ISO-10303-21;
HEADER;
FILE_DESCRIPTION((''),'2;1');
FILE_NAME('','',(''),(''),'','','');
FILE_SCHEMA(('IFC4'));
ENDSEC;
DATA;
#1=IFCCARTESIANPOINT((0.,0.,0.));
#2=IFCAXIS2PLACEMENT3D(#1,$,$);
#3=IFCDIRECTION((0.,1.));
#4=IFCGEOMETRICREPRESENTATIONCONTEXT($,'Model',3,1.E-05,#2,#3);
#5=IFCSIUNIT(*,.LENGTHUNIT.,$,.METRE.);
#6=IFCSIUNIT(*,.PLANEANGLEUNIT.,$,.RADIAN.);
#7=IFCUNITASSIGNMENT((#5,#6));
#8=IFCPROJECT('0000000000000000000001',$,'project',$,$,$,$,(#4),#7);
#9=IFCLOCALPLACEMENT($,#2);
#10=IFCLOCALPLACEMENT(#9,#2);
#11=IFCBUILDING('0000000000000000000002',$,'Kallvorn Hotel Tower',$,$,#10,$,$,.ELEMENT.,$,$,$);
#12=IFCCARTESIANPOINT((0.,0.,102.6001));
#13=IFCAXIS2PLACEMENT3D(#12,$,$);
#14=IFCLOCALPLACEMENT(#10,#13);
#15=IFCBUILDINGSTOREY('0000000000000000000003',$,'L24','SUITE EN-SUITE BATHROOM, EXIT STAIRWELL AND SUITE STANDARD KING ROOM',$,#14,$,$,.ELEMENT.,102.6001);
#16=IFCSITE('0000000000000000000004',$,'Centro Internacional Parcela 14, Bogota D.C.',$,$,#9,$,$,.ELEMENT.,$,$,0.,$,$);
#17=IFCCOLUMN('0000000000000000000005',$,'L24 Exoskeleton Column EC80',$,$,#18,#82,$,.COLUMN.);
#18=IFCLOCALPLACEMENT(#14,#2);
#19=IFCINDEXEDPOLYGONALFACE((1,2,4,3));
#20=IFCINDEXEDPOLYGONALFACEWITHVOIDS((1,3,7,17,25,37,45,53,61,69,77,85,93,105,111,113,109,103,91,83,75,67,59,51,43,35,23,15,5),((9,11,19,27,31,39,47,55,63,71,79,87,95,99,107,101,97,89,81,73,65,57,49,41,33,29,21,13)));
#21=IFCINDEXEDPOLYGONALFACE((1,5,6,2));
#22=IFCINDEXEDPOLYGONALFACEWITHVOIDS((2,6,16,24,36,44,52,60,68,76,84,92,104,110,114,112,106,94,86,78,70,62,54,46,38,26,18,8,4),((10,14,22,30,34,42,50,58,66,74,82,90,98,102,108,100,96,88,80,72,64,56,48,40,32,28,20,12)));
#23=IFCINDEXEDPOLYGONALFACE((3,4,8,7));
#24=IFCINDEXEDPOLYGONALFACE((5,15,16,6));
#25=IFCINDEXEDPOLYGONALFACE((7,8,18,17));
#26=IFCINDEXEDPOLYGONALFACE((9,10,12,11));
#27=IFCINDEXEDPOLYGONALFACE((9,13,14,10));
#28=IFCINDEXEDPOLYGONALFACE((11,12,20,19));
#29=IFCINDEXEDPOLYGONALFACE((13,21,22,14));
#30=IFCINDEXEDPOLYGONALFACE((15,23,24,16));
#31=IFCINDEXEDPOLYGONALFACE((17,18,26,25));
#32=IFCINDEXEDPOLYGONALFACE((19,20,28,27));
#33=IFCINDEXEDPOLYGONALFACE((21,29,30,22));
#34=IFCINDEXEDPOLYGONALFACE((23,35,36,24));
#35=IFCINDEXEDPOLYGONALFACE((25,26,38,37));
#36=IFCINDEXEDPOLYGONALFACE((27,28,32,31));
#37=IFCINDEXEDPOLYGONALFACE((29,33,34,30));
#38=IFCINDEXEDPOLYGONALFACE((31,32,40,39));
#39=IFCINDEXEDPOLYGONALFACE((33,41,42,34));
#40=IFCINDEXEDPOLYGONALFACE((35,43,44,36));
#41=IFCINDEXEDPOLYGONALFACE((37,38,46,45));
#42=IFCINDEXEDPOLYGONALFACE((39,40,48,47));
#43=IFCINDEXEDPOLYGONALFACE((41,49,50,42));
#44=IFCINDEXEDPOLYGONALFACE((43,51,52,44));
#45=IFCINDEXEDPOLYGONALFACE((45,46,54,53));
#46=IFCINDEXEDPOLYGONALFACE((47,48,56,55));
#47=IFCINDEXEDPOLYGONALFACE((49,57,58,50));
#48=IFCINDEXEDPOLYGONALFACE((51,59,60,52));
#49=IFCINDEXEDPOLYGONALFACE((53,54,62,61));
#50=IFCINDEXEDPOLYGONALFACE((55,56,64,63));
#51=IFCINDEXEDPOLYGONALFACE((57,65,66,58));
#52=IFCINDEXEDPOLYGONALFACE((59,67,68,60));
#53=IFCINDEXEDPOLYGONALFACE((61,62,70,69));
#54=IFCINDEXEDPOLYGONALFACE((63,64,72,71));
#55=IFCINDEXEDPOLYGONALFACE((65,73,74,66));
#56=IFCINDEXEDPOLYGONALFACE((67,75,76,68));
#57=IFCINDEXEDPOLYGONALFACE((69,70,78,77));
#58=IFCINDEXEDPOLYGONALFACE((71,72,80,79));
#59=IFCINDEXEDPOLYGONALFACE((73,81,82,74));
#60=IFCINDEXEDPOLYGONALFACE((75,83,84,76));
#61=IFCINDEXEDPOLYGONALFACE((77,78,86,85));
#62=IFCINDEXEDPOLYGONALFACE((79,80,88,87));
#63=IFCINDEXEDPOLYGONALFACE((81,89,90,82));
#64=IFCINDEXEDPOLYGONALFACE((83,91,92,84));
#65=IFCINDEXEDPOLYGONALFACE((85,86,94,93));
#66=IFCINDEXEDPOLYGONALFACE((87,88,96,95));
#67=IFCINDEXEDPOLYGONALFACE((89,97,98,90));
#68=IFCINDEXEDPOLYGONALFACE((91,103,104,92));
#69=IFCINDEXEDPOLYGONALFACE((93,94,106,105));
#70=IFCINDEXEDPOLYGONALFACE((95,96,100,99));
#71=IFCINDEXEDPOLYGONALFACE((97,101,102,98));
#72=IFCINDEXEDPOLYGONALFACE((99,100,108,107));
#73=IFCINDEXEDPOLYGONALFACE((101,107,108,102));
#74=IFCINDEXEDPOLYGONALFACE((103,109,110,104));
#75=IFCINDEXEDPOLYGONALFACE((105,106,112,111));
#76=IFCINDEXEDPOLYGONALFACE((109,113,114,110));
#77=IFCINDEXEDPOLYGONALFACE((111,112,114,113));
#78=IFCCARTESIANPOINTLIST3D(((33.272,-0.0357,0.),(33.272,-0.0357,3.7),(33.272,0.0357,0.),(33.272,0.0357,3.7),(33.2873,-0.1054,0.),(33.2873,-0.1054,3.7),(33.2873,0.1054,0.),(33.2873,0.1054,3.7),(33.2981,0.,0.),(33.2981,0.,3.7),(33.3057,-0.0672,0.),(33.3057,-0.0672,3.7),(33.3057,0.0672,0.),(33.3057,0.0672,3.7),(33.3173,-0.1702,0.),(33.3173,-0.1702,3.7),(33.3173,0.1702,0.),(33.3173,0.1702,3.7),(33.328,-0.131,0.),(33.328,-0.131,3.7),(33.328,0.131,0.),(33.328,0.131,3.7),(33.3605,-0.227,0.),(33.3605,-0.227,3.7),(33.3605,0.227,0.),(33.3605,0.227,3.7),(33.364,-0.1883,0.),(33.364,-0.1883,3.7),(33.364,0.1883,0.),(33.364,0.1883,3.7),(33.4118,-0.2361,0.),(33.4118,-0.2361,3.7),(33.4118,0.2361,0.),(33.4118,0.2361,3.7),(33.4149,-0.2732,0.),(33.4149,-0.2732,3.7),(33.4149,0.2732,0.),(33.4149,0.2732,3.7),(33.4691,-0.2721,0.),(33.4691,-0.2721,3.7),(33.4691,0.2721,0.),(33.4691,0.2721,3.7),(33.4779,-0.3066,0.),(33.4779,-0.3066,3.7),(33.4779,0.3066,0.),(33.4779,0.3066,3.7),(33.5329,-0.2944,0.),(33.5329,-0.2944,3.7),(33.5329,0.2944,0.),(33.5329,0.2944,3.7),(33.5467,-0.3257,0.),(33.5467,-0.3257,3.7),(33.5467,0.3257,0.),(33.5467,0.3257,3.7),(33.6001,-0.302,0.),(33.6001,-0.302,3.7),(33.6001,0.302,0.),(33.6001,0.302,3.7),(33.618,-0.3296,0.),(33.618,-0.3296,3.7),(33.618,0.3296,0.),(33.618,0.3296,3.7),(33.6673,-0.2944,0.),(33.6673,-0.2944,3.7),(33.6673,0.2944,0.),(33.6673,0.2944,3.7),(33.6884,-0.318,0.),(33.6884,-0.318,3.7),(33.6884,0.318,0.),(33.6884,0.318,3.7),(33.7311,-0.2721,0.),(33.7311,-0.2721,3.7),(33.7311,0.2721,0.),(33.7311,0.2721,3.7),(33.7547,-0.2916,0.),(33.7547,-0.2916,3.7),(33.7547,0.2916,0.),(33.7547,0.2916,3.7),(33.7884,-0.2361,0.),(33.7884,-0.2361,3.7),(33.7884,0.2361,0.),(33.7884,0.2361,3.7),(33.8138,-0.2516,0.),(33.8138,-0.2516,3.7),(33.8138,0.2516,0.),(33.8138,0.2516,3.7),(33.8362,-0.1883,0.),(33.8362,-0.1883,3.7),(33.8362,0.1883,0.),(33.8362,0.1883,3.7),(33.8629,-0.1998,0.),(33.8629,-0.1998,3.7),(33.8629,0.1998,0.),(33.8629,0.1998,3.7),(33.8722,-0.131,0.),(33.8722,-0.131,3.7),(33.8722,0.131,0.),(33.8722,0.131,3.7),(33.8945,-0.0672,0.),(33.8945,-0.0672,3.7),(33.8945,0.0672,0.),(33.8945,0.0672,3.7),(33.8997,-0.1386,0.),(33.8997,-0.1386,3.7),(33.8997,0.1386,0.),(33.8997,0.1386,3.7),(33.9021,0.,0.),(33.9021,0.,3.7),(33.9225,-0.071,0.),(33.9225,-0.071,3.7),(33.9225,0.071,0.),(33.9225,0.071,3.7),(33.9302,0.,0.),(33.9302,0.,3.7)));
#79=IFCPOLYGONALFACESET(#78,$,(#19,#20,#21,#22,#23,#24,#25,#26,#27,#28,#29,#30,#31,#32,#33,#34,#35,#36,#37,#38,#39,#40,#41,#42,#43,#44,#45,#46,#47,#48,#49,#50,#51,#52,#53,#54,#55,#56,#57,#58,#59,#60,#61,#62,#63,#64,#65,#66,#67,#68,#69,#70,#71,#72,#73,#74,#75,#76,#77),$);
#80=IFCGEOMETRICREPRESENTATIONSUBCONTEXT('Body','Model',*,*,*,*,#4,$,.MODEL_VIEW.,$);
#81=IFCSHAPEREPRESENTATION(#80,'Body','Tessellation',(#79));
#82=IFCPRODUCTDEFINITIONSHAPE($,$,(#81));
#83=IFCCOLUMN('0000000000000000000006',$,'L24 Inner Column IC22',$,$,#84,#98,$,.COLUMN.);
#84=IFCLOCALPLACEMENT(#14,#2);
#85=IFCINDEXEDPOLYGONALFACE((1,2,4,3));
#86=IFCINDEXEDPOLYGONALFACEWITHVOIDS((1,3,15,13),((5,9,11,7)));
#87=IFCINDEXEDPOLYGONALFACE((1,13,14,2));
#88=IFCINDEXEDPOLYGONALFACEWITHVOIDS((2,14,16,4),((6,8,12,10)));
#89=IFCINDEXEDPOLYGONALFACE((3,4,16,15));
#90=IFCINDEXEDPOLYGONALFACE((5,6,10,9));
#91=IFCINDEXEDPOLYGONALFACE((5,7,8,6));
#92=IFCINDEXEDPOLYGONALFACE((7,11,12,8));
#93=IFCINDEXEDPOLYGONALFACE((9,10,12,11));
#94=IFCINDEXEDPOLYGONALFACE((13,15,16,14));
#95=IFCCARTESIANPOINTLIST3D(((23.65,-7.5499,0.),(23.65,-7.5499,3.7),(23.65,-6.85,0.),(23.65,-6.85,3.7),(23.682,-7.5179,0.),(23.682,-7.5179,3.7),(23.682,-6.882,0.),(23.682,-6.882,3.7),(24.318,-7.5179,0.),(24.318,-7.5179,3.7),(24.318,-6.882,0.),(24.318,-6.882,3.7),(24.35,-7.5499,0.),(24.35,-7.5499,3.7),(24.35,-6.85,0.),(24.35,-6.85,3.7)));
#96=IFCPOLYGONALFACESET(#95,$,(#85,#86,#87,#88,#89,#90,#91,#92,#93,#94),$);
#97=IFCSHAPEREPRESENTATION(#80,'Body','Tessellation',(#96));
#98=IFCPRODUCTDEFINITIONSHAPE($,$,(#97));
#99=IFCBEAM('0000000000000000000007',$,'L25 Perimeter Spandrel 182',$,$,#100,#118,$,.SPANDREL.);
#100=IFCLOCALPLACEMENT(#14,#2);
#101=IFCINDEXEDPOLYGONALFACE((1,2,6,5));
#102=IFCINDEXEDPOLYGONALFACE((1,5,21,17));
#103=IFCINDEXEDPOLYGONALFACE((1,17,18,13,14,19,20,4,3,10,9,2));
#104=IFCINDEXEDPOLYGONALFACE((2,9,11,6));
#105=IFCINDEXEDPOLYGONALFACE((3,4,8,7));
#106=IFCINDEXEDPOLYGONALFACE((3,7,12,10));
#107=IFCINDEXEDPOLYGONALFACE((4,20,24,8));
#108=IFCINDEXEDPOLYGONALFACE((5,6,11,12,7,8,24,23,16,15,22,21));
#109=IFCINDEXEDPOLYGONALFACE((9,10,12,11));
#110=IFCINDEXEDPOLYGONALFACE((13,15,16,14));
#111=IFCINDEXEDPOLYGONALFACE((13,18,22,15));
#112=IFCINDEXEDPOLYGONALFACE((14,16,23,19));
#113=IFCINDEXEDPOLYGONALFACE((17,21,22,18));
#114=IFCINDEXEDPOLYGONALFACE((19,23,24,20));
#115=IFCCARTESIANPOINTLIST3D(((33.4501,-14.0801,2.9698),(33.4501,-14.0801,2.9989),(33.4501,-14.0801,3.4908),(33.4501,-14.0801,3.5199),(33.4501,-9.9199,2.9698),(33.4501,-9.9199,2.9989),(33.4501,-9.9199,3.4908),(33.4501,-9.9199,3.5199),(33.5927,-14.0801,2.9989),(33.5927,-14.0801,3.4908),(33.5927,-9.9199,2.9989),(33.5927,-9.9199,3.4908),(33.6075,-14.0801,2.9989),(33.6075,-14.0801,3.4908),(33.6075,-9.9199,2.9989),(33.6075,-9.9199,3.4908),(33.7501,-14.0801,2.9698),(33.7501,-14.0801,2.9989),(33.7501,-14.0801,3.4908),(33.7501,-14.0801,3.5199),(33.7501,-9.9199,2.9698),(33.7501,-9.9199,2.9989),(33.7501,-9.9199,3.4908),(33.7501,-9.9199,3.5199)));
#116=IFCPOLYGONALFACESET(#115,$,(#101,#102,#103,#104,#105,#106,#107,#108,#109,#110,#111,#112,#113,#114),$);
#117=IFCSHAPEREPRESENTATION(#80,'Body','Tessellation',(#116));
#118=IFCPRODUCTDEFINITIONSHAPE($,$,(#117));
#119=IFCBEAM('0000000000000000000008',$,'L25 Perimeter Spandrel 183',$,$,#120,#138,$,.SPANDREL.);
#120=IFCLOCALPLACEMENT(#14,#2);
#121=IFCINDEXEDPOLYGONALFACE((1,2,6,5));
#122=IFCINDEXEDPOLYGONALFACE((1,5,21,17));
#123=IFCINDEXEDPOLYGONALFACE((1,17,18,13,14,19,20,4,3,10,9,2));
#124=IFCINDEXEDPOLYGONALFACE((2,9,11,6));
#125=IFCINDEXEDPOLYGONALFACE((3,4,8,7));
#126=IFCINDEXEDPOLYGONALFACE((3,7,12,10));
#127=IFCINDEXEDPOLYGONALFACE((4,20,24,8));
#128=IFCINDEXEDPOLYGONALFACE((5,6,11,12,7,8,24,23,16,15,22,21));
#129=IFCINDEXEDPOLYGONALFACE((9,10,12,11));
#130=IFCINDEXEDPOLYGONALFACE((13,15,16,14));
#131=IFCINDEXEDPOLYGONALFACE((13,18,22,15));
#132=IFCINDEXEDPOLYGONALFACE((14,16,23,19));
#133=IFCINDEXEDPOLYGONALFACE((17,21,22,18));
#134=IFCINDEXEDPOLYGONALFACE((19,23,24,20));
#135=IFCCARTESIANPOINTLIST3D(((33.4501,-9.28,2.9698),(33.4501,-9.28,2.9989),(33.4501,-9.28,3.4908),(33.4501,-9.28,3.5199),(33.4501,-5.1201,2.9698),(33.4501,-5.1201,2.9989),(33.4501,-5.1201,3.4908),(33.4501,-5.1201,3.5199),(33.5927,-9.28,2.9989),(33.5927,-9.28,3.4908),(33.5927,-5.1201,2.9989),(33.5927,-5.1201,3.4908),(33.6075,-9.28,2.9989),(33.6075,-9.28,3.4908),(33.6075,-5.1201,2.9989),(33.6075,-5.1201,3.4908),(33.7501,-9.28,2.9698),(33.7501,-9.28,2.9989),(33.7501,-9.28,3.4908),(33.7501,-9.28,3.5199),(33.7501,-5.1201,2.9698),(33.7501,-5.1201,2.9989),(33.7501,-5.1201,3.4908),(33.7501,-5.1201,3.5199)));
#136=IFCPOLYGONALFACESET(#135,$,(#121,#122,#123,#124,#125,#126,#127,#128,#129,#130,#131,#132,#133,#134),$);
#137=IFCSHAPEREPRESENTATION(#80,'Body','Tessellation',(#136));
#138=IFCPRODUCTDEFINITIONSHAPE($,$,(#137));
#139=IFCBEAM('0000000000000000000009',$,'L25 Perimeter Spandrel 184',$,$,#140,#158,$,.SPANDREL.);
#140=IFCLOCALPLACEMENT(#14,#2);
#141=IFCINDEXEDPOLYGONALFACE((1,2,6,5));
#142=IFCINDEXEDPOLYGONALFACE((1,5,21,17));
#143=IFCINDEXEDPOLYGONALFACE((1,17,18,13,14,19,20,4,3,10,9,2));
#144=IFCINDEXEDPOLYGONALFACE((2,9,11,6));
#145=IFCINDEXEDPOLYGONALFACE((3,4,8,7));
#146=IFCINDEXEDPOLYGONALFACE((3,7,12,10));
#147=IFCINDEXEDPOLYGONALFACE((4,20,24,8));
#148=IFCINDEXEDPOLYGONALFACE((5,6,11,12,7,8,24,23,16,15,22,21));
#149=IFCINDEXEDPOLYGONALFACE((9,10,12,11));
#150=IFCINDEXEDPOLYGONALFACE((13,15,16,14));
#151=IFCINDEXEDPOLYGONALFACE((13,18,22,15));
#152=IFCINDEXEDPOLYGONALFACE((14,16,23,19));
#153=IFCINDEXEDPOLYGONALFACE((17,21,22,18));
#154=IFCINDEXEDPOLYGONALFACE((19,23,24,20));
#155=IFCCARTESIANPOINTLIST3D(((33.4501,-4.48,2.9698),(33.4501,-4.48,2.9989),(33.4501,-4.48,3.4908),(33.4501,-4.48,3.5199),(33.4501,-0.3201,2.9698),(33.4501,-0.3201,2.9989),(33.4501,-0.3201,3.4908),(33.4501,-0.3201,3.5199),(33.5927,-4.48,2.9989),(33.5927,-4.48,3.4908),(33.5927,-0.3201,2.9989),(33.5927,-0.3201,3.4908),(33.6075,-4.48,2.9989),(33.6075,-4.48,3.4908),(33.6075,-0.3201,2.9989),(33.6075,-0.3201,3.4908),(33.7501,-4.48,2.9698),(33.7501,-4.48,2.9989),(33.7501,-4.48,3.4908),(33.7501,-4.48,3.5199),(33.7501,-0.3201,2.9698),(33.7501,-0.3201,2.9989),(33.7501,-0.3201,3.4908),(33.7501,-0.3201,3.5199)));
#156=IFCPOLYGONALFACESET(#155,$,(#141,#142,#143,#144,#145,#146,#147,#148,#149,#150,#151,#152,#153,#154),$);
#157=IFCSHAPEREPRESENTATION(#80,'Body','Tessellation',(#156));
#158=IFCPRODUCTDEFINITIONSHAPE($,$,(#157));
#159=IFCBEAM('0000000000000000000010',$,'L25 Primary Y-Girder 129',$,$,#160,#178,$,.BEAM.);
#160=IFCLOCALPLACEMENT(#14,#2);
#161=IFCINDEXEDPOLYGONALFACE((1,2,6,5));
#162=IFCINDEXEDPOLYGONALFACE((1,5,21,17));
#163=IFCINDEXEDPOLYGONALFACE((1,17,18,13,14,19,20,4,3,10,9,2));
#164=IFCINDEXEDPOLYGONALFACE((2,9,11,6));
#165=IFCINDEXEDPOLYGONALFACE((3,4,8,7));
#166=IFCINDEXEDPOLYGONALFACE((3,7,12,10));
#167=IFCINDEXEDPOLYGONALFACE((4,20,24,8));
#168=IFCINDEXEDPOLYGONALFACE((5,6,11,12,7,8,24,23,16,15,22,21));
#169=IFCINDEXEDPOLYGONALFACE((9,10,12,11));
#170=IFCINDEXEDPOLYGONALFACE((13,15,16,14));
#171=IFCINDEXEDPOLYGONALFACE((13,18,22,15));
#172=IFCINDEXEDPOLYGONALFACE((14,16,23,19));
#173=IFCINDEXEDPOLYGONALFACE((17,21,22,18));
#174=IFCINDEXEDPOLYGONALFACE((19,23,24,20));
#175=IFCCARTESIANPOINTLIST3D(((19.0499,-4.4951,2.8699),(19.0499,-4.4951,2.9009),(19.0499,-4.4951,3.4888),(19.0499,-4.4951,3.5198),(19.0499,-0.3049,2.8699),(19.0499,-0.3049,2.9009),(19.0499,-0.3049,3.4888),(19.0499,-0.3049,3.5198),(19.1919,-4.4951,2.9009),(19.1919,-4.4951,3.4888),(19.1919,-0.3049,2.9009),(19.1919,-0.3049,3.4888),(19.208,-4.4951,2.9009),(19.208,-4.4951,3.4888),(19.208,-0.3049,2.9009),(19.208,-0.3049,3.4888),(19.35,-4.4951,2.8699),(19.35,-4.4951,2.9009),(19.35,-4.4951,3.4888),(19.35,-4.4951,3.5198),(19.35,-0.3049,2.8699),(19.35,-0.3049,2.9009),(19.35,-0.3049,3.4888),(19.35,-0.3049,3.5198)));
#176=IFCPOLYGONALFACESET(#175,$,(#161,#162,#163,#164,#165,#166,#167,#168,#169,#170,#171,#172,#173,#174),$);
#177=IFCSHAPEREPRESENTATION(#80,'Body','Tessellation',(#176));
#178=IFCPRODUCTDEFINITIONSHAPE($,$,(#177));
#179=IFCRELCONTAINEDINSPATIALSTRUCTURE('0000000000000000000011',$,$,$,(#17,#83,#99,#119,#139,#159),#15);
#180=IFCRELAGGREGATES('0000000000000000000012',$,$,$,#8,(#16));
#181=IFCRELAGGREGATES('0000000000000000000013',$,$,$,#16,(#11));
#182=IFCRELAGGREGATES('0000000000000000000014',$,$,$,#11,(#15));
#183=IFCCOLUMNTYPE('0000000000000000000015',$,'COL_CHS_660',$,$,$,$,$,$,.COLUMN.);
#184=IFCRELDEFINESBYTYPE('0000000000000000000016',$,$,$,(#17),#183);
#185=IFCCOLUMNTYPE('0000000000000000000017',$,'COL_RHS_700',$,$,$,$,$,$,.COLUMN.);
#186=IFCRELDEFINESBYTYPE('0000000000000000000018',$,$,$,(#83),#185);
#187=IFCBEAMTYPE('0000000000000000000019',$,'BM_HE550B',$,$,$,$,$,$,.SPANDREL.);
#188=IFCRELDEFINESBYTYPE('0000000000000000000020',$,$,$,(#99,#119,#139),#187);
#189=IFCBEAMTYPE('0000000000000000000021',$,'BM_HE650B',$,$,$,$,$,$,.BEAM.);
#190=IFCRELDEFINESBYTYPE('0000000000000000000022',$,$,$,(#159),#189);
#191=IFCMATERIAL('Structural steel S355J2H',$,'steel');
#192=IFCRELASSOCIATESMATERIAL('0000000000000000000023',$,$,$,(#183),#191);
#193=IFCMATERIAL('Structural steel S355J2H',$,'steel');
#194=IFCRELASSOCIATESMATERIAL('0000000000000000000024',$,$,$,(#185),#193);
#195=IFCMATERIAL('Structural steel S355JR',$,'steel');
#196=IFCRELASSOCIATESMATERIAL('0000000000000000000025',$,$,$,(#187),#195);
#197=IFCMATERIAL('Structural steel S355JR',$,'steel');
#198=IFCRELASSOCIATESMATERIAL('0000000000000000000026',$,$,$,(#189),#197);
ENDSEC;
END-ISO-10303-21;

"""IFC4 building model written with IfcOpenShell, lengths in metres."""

from ifc_helpers import new_model, si_unit, direction, frame, origin, origin_2d, place, context, subcontext, project, spatial, hollow_rectangle, hollow_circle, i_section, extrude, material, material_profile, profile_set, type_object, element, save


model = new_model("IFC4")

# Units and contexts
model_context = context("Model", 3, precision=1e-05, world=origin(), true_north=direction((0.0, 1.0)))
body_context = subcontext(model_context, "Body", "Model", "MODEL_VIEW")
ifc_project = project(units=[si_unit("LENGTHUNIT", "METRE"), si_unit("PLANEANGLEUNIT", "RADIAN")], contexts=[model_context])

# Site, building, storey
site_placement = place(None, origin())
site = spatial("IfcSite", under=ifc_project, at=site_placement, Name="Centro Internacional Parcela 14, Bogota D.C.", CompositionType="ELEMENT", RefElevation=0.0)
building_placement = place(site_placement, origin())
building = spatial("IfcBuilding", under=site, at=building_placement, Name="Kallvorn Hotel Tower", CompositionType="ELEMENT")
storey_placement = place(building_placement, frame((0.0, 0.0, 102.6001)))
storey = spatial("IfcBuildingStorey", under=building, at=storey_placement, Name="L24", Description="SUITE EN-SUITE BATHROOM, EXIT STAIRWELL AND SUITE STANDARD KING ROOM", CompositionType="ELEMENT", Elevation=102.6001)

# Columns
ifc_material_1 = material(Name="Structural steel S355J2H", Category="steel")
ifc_material_profile_1 = material_profile(ifc_material_1, hollow_circle(Radius=0.3301, WallThickness=0.0281, at=origin_2d()), Name="CHS 660x28")
ifc_profile_set_1 = profile_set([ifc_material_profile_1], Name="Structural steel S355J2H")
column_type_1 = type_object("IfcColumnType", Name="COL_CHS_660", PredefinedType="COLUMN", material=ifc_profile_set_1)
for number, where, z_axis, x_axis, name in (
    (1, (33.6001, 0.0, 0.0), (0.0, 0.0, 1.0), (1.0, 0.0, 0.0), "L24 Exoskeleton Column EC80"),
):
    element("IfcColumn", number, at=place(storey_placement, frame(where, z_axis=z_axis, x_axis=x_axis)), inside=storey, type_object=column_type_1, Name=name, PredefinedType="COLUMN", context=body_context, shape_type="SweptSolid", body=[
        extrude(hollow_circle(Radius=0.3301, WallThickness=0.0281, at=origin_2d()), origin(), (0.0, 0.0, 1.0), 3.7),
    ])
ifc_material_2 = material(Name="Structural steel S355J2H", Category="steel")
ifc_material_profile_2 = material_profile(ifc_material_2, hollow_rectangle(XDim=0.7, YDim=0.7, WallThickness=0.032, at=origin_2d()), Name="RHS 700x700x32")
ifc_profile_set_2 = profile_set([ifc_material_profile_2], Name="Structural steel S355J2H")
column_type_2 = type_object("IfcColumnType", Name="COL_RHS_700", PredefinedType="COLUMN", material=ifc_profile_set_2)
column_placement = place(storey_placement, frame((24.0, -7.2, 0.0), z_axis=(0.0, 0.0, 1.0), x_axis=(1.0, 0.0, 0.0)))
element("IfcColumn", 2, at=column_placement, inside=storey, type_object=column_type_2, Name="L24 Inner Column IC22", PredefinedType="COLUMN", context=body_context, shape_type="SweptSolid", body=[
    extrude(hollow_rectangle(XDim=0.7, YDim=0.7, WallThickness=0.032, at=origin_2d()), origin(), (0.0, 0.0, 1.0), 3.7),
])

# Beams
ifc_material_3 = material(Name="Structural steel S355JR", Category="steel")
ifc_material_profile_3 = material_profile(ifc_material_3, i_section(OverallWidth=0.3, OverallDepth=0.55, WebThickness=0.0149, FlangeThickness=0.0291, at=origin_2d()), Name="HE 550 B")
ifc_profile_set_3 = profile_set([ifc_material_profile_3], Name="Structural steel S355JR")
beam_type_1 = type_object("IfcBeamType", Name="BM_HE550B", PredefinedType="SPANDREL", material=ifc_profile_set_3)
beam_1_placement = place(storey_placement, frame((33.6001, -14.0801, 3.2449), z_axis=(0.0, 1.0, 0.0), x_axis=(-1.0, 0.0, 0.0)))
element("IfcBeam", 3, at=beam_1_placement, inside=storey, type_object=beam_type_1, Name="L25 Perimeter Spandrel 182", PredefinedType="SPANDREL", context=body_context, shape_type="SweptSolid", body=[
    extrude(i_section(OverallWidth=0.3, OverallDepth=0.55, WebThickness=0.0149, FlangeThickness=0.0291, at=origin_2d()), origin(), (0.0, 0.0, 1.0), 4.1602),
])
for number, where, z_axis, x_axis, name in (
    (4, (33.6001, -9.28, 3.2449), (0.0, 1.0, 0.0), (-1.0, 0.0, 0.0), "L25 Perimeter Spandrel 183"),
    (5, (33.6001, -4.48, 3.2449), (0.0, 1.0, 0.0), (-1.0, 0.0, 0.0), "L25 Perimeter Spandrel 184"),
):
    element("IfcBeam", number, at=place(storey_placement, frame(where, z_axis=z_axis, x_axis=x_axis)), inside=storey, type_object=beam_type_1, Name=name, PredefinedType="SPANDREL", context=body_context, shape_type="SweptSolid", body=[
        extrude(i_section(OverallWidth=0.3, OverallDepth=0.55, WebThickness=0.0149, FlangeThickness=0.0291, at=origin_2d()), origin(), (0.0, 0.0, 1.0), 4.1599),
    ])
ifc_material_4 = material(Name="Structural steel S355JR", Category="steel")
ifc_material_profile_4 = material_profile(ifc_material_4, i_section(OverallWidth=0.3, OverallDepth=0.6499, WebThickness=0.0161, FlangeThickness=0.031, at=origin_2d()), Name="HE 650 B")
ifc_profile_set_4 = profile_set([ifc_material_profile_4], Name="Structural steel S355JR")
beam_type_2 = type_object("IfcBeamType", Name="BM_HE650B", PredefinedType="BEAM", material=ifc_profile_set_4)
beam_2_placement = place(storey_placement, frame((19.2, -4.4951, 3.1948), z_axis=(0.0, 1.0, 0.0), x_axis=(-1.0, 0.0, 0.0)))
element("IfcBeam", 6, at=beam_2_placement, inside=storey, type_object=beam_type_2, Name="L25 Primary Y-Girder 129", PredefinedType="BEAM", context=body_context, shape_type="SweptSolid", body=[
    extrude(i_section(OverallWidth=0.3, OverallDepth=0.6499, WebThickness=0.0161, FlangeThickness=0.031, at=origin_2d()), origin(), (0.0, 0.0, 1.0), 4.1902),
])

save(model, "model.ifc")
